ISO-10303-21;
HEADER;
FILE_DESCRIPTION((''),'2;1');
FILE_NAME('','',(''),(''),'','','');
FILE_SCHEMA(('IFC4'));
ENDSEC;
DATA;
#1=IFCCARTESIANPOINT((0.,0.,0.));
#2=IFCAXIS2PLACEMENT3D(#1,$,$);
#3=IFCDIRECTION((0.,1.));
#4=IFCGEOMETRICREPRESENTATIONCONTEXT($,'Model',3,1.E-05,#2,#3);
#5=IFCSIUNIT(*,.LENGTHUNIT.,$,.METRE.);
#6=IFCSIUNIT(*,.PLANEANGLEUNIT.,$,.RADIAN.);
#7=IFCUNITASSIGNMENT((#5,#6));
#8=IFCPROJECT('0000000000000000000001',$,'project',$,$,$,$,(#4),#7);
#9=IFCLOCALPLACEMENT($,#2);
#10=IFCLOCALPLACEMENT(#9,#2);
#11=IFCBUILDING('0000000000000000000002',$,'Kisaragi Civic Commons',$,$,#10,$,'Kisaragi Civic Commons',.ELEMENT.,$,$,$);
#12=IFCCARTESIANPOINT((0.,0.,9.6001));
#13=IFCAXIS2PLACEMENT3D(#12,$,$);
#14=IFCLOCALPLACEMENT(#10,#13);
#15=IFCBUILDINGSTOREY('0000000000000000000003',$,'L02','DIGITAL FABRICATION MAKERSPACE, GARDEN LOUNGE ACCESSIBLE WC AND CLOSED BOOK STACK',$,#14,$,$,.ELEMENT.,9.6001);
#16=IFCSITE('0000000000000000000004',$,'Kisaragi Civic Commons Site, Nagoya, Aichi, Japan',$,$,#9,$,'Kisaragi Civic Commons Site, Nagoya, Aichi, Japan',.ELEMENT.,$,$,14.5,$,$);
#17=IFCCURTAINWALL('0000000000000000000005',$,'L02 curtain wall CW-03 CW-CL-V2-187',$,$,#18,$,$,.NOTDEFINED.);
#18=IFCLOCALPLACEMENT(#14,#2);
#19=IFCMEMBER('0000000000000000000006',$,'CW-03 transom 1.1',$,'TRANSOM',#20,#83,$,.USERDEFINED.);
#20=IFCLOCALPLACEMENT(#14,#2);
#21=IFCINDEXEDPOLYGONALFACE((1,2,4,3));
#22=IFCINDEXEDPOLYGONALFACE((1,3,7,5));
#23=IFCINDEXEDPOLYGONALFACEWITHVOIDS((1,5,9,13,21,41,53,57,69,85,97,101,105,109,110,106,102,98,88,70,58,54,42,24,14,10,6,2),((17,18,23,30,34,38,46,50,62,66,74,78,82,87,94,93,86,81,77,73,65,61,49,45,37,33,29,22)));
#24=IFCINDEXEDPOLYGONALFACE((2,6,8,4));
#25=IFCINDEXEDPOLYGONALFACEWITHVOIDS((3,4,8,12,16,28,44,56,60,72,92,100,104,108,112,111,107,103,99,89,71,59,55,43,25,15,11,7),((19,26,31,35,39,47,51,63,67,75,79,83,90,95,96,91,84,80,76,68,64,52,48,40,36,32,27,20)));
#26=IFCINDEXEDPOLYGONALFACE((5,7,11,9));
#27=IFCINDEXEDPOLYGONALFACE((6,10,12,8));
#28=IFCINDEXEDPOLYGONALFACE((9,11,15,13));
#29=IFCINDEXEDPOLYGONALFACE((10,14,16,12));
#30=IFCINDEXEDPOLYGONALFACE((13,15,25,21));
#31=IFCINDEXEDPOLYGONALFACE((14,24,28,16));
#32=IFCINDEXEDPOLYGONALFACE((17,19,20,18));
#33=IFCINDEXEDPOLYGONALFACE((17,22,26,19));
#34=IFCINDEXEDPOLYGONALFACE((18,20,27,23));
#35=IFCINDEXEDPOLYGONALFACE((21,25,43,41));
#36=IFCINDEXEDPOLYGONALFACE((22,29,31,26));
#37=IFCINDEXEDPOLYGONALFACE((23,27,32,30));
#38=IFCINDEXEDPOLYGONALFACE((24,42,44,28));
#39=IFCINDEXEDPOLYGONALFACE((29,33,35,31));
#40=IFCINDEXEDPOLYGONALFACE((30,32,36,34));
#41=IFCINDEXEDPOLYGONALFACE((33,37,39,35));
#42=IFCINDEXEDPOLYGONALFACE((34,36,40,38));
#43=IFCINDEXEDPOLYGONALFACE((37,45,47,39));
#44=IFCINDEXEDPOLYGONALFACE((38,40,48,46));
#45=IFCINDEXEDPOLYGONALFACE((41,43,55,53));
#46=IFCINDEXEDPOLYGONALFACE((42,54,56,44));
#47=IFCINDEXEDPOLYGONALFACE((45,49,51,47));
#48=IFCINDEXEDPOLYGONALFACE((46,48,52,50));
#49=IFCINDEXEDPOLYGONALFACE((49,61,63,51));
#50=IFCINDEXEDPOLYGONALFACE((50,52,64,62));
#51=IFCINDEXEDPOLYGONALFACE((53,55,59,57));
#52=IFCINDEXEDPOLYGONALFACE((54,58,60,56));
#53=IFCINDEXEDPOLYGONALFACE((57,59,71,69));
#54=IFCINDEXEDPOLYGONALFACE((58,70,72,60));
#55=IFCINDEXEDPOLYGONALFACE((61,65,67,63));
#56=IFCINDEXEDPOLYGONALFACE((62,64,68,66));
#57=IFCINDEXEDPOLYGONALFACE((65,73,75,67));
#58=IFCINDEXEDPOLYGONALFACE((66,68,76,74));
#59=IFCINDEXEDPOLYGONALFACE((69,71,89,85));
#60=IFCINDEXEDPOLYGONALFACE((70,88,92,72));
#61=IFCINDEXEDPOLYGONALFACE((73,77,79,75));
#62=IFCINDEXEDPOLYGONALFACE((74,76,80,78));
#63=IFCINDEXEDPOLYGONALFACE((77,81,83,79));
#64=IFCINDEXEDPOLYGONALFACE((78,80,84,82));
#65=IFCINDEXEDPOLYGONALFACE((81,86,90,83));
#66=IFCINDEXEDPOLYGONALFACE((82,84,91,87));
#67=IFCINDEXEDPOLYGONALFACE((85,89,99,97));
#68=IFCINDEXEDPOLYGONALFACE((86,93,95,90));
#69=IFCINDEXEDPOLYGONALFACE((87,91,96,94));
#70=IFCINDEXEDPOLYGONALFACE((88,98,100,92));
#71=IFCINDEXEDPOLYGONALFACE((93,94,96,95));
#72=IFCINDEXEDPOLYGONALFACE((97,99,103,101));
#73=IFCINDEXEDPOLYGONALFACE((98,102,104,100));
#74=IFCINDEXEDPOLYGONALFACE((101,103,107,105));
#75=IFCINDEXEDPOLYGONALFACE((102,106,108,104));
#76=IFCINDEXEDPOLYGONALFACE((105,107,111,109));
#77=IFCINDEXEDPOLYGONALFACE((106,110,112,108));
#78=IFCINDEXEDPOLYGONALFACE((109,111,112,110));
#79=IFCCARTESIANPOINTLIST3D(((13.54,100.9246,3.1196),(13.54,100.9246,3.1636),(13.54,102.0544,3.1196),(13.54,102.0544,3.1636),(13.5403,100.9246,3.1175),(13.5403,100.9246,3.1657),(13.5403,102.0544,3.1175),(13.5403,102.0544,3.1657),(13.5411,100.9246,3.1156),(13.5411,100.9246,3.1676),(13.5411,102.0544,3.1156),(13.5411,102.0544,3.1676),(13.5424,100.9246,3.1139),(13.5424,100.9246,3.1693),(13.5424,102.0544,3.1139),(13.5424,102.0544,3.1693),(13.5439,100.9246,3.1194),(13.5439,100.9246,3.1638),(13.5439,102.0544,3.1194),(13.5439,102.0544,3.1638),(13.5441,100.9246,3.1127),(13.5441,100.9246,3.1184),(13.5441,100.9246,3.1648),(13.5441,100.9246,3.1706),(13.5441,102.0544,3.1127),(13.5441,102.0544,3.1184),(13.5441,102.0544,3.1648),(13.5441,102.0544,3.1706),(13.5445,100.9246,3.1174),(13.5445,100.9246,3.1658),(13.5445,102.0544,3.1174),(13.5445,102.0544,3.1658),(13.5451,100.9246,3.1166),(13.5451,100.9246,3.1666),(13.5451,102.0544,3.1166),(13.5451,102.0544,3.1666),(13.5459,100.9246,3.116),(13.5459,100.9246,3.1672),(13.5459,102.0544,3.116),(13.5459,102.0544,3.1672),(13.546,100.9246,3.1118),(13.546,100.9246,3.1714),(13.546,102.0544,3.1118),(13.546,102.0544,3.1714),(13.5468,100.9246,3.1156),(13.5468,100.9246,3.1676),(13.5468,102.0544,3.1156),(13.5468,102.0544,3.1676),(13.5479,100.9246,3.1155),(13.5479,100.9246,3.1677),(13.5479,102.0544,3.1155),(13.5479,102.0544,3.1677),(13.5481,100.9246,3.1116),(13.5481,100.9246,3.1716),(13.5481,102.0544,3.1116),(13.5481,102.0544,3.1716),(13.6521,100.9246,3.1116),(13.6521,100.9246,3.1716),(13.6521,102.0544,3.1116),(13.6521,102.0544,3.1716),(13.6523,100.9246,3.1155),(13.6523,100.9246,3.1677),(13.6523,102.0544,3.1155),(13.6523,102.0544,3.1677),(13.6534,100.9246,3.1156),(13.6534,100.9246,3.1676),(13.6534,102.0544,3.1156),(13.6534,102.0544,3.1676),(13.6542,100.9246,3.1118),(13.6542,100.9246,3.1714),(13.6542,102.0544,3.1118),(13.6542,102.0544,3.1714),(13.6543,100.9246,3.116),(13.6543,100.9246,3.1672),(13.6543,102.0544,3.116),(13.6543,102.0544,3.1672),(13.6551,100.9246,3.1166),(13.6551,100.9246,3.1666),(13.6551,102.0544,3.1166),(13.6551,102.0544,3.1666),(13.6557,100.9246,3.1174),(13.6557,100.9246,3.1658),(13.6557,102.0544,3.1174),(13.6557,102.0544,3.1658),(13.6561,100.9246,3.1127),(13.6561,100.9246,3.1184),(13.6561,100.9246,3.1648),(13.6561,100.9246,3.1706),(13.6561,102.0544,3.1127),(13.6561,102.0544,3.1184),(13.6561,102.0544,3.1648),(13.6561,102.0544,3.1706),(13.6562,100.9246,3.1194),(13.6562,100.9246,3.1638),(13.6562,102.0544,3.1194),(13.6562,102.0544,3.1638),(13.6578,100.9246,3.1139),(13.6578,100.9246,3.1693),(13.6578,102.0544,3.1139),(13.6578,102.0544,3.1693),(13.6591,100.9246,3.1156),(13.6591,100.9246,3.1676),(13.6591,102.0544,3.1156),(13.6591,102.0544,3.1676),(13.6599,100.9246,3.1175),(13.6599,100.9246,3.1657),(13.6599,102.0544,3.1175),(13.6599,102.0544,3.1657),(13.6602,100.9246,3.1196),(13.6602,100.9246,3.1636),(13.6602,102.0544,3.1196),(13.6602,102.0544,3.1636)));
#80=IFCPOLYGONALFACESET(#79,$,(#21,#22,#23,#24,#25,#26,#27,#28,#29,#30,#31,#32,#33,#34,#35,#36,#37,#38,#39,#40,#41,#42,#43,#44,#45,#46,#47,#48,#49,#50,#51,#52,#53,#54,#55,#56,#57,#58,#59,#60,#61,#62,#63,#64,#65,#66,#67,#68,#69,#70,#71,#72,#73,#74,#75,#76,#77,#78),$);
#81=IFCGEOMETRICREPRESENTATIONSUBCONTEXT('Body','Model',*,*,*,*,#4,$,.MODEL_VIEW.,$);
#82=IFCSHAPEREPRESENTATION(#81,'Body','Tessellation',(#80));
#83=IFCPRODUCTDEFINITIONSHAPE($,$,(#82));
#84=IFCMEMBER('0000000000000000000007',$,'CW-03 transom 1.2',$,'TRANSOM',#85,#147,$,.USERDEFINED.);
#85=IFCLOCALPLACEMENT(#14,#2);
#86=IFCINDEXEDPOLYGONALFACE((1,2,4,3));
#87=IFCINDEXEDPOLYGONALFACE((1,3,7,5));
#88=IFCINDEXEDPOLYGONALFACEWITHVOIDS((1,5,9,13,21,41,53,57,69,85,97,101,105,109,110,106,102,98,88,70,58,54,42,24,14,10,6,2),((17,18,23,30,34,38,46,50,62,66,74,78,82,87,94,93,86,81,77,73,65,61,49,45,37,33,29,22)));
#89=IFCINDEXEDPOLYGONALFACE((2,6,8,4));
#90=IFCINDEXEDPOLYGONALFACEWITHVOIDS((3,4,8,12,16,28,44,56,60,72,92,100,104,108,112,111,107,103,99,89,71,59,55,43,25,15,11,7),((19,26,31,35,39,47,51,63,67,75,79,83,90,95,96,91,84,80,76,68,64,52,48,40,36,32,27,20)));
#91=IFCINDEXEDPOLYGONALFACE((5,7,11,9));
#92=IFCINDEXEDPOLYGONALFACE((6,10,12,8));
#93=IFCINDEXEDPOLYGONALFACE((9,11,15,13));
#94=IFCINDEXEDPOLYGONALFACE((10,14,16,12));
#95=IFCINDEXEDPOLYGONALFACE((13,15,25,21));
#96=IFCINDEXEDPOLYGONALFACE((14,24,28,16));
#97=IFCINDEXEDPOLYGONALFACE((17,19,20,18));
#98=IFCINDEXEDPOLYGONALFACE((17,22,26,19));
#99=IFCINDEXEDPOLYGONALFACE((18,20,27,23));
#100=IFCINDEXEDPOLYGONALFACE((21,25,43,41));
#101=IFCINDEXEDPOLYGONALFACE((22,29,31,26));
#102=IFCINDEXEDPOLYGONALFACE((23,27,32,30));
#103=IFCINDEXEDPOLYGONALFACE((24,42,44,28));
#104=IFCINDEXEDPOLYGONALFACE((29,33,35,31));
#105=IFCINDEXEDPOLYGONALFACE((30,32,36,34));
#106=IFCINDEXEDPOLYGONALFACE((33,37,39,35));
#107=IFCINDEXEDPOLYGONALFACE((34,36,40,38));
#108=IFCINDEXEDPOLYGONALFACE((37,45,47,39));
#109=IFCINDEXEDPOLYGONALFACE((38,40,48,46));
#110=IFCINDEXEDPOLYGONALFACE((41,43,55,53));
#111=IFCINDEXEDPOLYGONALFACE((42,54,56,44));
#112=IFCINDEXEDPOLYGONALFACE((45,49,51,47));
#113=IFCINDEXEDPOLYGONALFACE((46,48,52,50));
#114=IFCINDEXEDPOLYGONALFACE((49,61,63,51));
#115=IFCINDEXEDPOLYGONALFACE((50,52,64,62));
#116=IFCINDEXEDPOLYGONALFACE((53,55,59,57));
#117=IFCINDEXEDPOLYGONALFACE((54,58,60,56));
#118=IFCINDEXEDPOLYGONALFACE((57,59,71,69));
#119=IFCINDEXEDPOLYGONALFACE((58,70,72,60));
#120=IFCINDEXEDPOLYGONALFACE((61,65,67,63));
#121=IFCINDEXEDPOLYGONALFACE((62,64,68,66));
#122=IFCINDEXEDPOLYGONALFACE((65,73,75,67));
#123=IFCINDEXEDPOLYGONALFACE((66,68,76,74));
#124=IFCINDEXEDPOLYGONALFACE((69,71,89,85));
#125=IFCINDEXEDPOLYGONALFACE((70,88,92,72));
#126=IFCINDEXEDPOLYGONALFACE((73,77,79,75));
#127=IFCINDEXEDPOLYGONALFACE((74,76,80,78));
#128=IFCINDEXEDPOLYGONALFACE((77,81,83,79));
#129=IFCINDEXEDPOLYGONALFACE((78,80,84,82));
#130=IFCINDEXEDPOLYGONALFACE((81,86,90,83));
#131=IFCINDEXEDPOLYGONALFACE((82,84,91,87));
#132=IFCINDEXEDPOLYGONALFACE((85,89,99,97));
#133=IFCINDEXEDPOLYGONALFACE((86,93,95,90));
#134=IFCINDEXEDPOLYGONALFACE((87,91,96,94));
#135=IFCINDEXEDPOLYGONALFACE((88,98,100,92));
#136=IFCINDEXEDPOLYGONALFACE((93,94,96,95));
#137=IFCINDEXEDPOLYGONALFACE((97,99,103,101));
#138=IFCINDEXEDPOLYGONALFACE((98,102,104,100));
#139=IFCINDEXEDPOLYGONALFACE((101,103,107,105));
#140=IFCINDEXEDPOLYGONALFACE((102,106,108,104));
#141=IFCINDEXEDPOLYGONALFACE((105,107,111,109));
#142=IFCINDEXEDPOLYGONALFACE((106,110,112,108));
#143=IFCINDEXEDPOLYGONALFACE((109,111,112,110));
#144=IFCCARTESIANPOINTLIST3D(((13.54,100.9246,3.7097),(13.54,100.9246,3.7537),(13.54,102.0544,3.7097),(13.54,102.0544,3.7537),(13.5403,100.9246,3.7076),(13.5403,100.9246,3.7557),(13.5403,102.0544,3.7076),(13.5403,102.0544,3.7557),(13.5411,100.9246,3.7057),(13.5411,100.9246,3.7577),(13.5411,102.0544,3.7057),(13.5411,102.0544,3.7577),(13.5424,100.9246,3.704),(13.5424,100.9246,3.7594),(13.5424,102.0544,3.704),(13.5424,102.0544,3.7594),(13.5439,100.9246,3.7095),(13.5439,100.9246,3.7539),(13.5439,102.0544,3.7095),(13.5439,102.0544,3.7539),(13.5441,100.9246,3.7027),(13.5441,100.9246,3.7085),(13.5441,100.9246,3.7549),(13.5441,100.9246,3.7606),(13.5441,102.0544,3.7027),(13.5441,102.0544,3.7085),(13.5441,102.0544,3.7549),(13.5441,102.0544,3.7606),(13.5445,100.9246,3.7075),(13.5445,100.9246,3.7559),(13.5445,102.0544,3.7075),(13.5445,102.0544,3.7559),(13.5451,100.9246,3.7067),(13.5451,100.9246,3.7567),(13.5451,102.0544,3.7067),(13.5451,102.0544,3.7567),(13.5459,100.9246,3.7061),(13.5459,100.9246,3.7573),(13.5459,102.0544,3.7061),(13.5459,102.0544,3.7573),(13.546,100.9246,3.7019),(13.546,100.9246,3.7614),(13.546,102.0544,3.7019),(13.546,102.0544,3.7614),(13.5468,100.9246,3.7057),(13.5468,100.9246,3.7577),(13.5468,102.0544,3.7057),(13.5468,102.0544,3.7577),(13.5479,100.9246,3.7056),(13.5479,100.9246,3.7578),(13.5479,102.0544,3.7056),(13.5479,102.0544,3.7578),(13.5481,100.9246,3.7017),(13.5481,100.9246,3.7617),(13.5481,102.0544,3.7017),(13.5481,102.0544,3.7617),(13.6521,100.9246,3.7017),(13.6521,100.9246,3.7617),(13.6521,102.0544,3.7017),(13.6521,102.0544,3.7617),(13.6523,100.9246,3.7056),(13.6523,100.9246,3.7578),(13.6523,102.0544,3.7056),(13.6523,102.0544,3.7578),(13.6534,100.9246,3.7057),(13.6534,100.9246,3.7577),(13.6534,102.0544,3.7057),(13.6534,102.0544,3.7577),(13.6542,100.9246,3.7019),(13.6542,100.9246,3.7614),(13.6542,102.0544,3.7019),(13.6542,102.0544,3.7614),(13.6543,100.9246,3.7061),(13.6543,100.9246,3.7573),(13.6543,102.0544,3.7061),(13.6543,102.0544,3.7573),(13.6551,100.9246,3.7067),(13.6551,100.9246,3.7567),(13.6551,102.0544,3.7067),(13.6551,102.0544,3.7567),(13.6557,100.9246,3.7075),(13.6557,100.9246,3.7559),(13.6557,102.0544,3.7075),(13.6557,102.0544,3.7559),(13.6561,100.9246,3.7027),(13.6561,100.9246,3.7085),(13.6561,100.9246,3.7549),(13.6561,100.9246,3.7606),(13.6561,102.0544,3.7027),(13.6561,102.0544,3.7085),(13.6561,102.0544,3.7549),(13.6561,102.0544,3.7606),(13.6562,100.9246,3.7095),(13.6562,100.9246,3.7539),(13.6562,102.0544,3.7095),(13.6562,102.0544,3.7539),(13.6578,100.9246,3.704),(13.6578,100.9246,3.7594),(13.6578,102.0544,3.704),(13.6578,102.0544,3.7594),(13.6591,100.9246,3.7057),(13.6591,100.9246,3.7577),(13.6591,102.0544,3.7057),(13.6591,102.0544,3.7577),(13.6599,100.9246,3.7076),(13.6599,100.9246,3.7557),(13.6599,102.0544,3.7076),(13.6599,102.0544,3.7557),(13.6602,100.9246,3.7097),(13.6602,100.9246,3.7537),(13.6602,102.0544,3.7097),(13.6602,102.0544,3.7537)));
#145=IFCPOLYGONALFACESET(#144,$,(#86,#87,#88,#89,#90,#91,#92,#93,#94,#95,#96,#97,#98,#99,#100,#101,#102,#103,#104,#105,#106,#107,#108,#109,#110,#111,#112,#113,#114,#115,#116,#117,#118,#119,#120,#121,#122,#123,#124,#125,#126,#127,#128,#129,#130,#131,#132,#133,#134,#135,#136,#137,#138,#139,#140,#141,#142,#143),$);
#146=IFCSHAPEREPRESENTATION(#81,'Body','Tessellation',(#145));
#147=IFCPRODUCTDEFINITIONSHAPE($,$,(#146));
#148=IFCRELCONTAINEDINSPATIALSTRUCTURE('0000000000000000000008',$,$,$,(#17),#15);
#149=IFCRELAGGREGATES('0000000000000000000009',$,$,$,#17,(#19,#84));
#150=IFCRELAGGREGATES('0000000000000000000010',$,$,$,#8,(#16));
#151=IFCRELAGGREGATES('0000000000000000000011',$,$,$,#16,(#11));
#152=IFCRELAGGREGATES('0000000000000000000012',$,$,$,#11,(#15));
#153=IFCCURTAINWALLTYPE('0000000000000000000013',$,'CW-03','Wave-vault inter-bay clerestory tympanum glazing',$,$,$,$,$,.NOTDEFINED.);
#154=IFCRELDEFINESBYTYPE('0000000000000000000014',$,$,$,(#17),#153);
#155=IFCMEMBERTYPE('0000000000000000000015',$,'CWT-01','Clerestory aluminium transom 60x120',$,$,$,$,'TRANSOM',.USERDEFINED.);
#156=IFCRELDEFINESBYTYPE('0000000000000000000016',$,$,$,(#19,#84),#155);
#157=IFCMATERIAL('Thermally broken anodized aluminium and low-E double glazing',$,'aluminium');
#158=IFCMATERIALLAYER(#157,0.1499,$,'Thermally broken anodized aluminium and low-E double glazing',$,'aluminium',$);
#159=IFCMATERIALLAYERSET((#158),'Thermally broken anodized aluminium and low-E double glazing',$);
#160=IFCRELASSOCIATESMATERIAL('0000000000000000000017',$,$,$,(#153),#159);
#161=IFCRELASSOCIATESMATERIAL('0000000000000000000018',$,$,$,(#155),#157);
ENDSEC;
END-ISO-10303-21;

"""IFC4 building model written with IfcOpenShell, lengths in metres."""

from ifc_helpers import new_model, si_unit, direction, frame, origin, origin_2d, place, context, subcontext, project, spatial, hollow_rectangle, extrude, material, layer, layer_set, material_profile, profile_set, type_object, element, aggregate, save


model = new_model("IFC4")

# Units and contexts
model_context = context("Model", 3, precision=1e-05, world=origin(), true_north=direction((0.0, 1.0)))
body_context = subcontext(model_context, "Body", "Model", "MODEL_VIEW")
ifc_project = project(units=[si_unit("LENGTHUNIT", "METRE"), si_unit("PLANEANGLEUNIT", "RADIAN")], contexts=[model_context])

# Site, building, storey
site_placement = place(None, origin())
site = spatial("IfcSite", under=ifc_project, at=site_placement, Name="Kisaragi Civic Commons Site, Nagoya, Aichi, Japan", LongName="Kisaragi Civic Commons Site, Nagoya, Aichi, Japan", CompositionType="ELEMENT", RefElevation=14.5)
building_placement = place(site_placement, origin())
building = spatial("IfcBuilding", under=site, at=building_placement, Name="Kisaragi Civic Commons", LongName="Kisaragi Civic Commons", CompositionType="ELEMENT")
storey_placement = place(building_placement, frame((0.0, 0.0, 9.6001)))
storey = spatial("IfcBuildingStorey", under=building, at=storey_placement, Name="L02", Description="DIGITAL FABRICATION MAKERSPACE, GARDEN LOUNGE ACCESSIBLE WC AND CLOSED BOOK STACK", CompositionType="ELEMENT", Elevation=9.6001)

# Curtain wall
ifc_material_1 = material(Name="Thermally broken anodized aluminium and low-E double glazing", Category="aluminium")
ifc_layer_1 = layer(ifc_material_1, 0.1499, Name="Thermally broken anodized aluminium and low-E double glazing", Category="aluminium")
ifc_layer_set_1 = layer_set([ifc_layer_1], Name="Thermally broken anodized aluminium and low-E double glazing")
curtain_wall_type = type_object("IfcCurtainWallType", Name="CW-03", Description="Wave-vault inter-bay clerestory tympanum glazing", PredefinedType="NOTDEFINED", material=ifc_layer_set_1)
curtain_wall_1_placement = place(storey_placement, origin())
curtain_wall_1 = element("IfcCurtainWall", 1, at=curtain_wall_1_placement, inside=storey, type_object=curtain_wall_type, Name="L02 curtain wall CW-03 CW-CL-V2-187", PredefinedType="NOTDEFINED")

# Members
ifc_material_profile_1 = material_profile(ifc_material_1, hollow_rectangle(XDim=0.1201, YDim=0.0601, WallThickness=0.0039, InnerFilletRadius=0.0039, OuterFilletRadius=0.0081, at=origin_2d()), Name="CWT-60x120x4", Category="aluminium")
ifc_profile_set_1 = profile_set([ifc_material_profile_1], Name="Thermally broken anodized aluminium and low-E double glazing")
member_type_1 = type_object("IfcMemberType", Name="CWT-01", Description="Clerestory aluminium transom 60x120", ElementType="TRANSOM", PredefinedType="USERDEFINED", material=ifc_profile_set_1)
member_1_placement = place(storey_placement, frame((13.6001, 100.9246, 3.1416), z_axis=(0.0, 1.0, 0.0), x_axis=(-1.0, 0.0, 0.0)))
member_1 = element("IfcMember", 2, at=member_1_placement, type_object=member_type_1, Name="CW-03 transom 1.1", ObjectType="TRANSOM", PredefinedType="USERDEFINED", context=body_context, shape_type="SweptSolid", body=[
    extrude(hollow_rectangle(XDim=0.1201, YDim=0.0601, WallThickness=0.0039, InnerFilletRadius=0.0039, OuterFilletRadius=0.0081, at=origin_2d()), origin(), (0.0, 0.0, 1.0), 1.1299),
])
member_2_placement = place(storey_placement, frame((13.6001, 100.9246, 3.7317), z_axis=(0.0, 1.0, 0.0), x_axis=(-1.0, 0.0, 0.0)))
member_2 = element("IfcMember", 3, at=member_2_placement, type_object=member_type_1, Name="CW-03 transom 1.2", ObjectType="TRANSOM", PredefinedType="USERDEFINED", context=body_context, shape_type="SweptSolid", body=[
    extrude(hollow_rectangle(XDim=0.1201, YDim=0.0601, WallThickness=0.0039, InnerFilletRadius=0.0039, OuterFilletRadius=0.0081, at=origin_2d()), origin(), (0.0, 0.0, 1.0), 1.1299),
])

aggregate(curtain_wall_1, [member_1, member_2])

save(model, "model.ifc")
